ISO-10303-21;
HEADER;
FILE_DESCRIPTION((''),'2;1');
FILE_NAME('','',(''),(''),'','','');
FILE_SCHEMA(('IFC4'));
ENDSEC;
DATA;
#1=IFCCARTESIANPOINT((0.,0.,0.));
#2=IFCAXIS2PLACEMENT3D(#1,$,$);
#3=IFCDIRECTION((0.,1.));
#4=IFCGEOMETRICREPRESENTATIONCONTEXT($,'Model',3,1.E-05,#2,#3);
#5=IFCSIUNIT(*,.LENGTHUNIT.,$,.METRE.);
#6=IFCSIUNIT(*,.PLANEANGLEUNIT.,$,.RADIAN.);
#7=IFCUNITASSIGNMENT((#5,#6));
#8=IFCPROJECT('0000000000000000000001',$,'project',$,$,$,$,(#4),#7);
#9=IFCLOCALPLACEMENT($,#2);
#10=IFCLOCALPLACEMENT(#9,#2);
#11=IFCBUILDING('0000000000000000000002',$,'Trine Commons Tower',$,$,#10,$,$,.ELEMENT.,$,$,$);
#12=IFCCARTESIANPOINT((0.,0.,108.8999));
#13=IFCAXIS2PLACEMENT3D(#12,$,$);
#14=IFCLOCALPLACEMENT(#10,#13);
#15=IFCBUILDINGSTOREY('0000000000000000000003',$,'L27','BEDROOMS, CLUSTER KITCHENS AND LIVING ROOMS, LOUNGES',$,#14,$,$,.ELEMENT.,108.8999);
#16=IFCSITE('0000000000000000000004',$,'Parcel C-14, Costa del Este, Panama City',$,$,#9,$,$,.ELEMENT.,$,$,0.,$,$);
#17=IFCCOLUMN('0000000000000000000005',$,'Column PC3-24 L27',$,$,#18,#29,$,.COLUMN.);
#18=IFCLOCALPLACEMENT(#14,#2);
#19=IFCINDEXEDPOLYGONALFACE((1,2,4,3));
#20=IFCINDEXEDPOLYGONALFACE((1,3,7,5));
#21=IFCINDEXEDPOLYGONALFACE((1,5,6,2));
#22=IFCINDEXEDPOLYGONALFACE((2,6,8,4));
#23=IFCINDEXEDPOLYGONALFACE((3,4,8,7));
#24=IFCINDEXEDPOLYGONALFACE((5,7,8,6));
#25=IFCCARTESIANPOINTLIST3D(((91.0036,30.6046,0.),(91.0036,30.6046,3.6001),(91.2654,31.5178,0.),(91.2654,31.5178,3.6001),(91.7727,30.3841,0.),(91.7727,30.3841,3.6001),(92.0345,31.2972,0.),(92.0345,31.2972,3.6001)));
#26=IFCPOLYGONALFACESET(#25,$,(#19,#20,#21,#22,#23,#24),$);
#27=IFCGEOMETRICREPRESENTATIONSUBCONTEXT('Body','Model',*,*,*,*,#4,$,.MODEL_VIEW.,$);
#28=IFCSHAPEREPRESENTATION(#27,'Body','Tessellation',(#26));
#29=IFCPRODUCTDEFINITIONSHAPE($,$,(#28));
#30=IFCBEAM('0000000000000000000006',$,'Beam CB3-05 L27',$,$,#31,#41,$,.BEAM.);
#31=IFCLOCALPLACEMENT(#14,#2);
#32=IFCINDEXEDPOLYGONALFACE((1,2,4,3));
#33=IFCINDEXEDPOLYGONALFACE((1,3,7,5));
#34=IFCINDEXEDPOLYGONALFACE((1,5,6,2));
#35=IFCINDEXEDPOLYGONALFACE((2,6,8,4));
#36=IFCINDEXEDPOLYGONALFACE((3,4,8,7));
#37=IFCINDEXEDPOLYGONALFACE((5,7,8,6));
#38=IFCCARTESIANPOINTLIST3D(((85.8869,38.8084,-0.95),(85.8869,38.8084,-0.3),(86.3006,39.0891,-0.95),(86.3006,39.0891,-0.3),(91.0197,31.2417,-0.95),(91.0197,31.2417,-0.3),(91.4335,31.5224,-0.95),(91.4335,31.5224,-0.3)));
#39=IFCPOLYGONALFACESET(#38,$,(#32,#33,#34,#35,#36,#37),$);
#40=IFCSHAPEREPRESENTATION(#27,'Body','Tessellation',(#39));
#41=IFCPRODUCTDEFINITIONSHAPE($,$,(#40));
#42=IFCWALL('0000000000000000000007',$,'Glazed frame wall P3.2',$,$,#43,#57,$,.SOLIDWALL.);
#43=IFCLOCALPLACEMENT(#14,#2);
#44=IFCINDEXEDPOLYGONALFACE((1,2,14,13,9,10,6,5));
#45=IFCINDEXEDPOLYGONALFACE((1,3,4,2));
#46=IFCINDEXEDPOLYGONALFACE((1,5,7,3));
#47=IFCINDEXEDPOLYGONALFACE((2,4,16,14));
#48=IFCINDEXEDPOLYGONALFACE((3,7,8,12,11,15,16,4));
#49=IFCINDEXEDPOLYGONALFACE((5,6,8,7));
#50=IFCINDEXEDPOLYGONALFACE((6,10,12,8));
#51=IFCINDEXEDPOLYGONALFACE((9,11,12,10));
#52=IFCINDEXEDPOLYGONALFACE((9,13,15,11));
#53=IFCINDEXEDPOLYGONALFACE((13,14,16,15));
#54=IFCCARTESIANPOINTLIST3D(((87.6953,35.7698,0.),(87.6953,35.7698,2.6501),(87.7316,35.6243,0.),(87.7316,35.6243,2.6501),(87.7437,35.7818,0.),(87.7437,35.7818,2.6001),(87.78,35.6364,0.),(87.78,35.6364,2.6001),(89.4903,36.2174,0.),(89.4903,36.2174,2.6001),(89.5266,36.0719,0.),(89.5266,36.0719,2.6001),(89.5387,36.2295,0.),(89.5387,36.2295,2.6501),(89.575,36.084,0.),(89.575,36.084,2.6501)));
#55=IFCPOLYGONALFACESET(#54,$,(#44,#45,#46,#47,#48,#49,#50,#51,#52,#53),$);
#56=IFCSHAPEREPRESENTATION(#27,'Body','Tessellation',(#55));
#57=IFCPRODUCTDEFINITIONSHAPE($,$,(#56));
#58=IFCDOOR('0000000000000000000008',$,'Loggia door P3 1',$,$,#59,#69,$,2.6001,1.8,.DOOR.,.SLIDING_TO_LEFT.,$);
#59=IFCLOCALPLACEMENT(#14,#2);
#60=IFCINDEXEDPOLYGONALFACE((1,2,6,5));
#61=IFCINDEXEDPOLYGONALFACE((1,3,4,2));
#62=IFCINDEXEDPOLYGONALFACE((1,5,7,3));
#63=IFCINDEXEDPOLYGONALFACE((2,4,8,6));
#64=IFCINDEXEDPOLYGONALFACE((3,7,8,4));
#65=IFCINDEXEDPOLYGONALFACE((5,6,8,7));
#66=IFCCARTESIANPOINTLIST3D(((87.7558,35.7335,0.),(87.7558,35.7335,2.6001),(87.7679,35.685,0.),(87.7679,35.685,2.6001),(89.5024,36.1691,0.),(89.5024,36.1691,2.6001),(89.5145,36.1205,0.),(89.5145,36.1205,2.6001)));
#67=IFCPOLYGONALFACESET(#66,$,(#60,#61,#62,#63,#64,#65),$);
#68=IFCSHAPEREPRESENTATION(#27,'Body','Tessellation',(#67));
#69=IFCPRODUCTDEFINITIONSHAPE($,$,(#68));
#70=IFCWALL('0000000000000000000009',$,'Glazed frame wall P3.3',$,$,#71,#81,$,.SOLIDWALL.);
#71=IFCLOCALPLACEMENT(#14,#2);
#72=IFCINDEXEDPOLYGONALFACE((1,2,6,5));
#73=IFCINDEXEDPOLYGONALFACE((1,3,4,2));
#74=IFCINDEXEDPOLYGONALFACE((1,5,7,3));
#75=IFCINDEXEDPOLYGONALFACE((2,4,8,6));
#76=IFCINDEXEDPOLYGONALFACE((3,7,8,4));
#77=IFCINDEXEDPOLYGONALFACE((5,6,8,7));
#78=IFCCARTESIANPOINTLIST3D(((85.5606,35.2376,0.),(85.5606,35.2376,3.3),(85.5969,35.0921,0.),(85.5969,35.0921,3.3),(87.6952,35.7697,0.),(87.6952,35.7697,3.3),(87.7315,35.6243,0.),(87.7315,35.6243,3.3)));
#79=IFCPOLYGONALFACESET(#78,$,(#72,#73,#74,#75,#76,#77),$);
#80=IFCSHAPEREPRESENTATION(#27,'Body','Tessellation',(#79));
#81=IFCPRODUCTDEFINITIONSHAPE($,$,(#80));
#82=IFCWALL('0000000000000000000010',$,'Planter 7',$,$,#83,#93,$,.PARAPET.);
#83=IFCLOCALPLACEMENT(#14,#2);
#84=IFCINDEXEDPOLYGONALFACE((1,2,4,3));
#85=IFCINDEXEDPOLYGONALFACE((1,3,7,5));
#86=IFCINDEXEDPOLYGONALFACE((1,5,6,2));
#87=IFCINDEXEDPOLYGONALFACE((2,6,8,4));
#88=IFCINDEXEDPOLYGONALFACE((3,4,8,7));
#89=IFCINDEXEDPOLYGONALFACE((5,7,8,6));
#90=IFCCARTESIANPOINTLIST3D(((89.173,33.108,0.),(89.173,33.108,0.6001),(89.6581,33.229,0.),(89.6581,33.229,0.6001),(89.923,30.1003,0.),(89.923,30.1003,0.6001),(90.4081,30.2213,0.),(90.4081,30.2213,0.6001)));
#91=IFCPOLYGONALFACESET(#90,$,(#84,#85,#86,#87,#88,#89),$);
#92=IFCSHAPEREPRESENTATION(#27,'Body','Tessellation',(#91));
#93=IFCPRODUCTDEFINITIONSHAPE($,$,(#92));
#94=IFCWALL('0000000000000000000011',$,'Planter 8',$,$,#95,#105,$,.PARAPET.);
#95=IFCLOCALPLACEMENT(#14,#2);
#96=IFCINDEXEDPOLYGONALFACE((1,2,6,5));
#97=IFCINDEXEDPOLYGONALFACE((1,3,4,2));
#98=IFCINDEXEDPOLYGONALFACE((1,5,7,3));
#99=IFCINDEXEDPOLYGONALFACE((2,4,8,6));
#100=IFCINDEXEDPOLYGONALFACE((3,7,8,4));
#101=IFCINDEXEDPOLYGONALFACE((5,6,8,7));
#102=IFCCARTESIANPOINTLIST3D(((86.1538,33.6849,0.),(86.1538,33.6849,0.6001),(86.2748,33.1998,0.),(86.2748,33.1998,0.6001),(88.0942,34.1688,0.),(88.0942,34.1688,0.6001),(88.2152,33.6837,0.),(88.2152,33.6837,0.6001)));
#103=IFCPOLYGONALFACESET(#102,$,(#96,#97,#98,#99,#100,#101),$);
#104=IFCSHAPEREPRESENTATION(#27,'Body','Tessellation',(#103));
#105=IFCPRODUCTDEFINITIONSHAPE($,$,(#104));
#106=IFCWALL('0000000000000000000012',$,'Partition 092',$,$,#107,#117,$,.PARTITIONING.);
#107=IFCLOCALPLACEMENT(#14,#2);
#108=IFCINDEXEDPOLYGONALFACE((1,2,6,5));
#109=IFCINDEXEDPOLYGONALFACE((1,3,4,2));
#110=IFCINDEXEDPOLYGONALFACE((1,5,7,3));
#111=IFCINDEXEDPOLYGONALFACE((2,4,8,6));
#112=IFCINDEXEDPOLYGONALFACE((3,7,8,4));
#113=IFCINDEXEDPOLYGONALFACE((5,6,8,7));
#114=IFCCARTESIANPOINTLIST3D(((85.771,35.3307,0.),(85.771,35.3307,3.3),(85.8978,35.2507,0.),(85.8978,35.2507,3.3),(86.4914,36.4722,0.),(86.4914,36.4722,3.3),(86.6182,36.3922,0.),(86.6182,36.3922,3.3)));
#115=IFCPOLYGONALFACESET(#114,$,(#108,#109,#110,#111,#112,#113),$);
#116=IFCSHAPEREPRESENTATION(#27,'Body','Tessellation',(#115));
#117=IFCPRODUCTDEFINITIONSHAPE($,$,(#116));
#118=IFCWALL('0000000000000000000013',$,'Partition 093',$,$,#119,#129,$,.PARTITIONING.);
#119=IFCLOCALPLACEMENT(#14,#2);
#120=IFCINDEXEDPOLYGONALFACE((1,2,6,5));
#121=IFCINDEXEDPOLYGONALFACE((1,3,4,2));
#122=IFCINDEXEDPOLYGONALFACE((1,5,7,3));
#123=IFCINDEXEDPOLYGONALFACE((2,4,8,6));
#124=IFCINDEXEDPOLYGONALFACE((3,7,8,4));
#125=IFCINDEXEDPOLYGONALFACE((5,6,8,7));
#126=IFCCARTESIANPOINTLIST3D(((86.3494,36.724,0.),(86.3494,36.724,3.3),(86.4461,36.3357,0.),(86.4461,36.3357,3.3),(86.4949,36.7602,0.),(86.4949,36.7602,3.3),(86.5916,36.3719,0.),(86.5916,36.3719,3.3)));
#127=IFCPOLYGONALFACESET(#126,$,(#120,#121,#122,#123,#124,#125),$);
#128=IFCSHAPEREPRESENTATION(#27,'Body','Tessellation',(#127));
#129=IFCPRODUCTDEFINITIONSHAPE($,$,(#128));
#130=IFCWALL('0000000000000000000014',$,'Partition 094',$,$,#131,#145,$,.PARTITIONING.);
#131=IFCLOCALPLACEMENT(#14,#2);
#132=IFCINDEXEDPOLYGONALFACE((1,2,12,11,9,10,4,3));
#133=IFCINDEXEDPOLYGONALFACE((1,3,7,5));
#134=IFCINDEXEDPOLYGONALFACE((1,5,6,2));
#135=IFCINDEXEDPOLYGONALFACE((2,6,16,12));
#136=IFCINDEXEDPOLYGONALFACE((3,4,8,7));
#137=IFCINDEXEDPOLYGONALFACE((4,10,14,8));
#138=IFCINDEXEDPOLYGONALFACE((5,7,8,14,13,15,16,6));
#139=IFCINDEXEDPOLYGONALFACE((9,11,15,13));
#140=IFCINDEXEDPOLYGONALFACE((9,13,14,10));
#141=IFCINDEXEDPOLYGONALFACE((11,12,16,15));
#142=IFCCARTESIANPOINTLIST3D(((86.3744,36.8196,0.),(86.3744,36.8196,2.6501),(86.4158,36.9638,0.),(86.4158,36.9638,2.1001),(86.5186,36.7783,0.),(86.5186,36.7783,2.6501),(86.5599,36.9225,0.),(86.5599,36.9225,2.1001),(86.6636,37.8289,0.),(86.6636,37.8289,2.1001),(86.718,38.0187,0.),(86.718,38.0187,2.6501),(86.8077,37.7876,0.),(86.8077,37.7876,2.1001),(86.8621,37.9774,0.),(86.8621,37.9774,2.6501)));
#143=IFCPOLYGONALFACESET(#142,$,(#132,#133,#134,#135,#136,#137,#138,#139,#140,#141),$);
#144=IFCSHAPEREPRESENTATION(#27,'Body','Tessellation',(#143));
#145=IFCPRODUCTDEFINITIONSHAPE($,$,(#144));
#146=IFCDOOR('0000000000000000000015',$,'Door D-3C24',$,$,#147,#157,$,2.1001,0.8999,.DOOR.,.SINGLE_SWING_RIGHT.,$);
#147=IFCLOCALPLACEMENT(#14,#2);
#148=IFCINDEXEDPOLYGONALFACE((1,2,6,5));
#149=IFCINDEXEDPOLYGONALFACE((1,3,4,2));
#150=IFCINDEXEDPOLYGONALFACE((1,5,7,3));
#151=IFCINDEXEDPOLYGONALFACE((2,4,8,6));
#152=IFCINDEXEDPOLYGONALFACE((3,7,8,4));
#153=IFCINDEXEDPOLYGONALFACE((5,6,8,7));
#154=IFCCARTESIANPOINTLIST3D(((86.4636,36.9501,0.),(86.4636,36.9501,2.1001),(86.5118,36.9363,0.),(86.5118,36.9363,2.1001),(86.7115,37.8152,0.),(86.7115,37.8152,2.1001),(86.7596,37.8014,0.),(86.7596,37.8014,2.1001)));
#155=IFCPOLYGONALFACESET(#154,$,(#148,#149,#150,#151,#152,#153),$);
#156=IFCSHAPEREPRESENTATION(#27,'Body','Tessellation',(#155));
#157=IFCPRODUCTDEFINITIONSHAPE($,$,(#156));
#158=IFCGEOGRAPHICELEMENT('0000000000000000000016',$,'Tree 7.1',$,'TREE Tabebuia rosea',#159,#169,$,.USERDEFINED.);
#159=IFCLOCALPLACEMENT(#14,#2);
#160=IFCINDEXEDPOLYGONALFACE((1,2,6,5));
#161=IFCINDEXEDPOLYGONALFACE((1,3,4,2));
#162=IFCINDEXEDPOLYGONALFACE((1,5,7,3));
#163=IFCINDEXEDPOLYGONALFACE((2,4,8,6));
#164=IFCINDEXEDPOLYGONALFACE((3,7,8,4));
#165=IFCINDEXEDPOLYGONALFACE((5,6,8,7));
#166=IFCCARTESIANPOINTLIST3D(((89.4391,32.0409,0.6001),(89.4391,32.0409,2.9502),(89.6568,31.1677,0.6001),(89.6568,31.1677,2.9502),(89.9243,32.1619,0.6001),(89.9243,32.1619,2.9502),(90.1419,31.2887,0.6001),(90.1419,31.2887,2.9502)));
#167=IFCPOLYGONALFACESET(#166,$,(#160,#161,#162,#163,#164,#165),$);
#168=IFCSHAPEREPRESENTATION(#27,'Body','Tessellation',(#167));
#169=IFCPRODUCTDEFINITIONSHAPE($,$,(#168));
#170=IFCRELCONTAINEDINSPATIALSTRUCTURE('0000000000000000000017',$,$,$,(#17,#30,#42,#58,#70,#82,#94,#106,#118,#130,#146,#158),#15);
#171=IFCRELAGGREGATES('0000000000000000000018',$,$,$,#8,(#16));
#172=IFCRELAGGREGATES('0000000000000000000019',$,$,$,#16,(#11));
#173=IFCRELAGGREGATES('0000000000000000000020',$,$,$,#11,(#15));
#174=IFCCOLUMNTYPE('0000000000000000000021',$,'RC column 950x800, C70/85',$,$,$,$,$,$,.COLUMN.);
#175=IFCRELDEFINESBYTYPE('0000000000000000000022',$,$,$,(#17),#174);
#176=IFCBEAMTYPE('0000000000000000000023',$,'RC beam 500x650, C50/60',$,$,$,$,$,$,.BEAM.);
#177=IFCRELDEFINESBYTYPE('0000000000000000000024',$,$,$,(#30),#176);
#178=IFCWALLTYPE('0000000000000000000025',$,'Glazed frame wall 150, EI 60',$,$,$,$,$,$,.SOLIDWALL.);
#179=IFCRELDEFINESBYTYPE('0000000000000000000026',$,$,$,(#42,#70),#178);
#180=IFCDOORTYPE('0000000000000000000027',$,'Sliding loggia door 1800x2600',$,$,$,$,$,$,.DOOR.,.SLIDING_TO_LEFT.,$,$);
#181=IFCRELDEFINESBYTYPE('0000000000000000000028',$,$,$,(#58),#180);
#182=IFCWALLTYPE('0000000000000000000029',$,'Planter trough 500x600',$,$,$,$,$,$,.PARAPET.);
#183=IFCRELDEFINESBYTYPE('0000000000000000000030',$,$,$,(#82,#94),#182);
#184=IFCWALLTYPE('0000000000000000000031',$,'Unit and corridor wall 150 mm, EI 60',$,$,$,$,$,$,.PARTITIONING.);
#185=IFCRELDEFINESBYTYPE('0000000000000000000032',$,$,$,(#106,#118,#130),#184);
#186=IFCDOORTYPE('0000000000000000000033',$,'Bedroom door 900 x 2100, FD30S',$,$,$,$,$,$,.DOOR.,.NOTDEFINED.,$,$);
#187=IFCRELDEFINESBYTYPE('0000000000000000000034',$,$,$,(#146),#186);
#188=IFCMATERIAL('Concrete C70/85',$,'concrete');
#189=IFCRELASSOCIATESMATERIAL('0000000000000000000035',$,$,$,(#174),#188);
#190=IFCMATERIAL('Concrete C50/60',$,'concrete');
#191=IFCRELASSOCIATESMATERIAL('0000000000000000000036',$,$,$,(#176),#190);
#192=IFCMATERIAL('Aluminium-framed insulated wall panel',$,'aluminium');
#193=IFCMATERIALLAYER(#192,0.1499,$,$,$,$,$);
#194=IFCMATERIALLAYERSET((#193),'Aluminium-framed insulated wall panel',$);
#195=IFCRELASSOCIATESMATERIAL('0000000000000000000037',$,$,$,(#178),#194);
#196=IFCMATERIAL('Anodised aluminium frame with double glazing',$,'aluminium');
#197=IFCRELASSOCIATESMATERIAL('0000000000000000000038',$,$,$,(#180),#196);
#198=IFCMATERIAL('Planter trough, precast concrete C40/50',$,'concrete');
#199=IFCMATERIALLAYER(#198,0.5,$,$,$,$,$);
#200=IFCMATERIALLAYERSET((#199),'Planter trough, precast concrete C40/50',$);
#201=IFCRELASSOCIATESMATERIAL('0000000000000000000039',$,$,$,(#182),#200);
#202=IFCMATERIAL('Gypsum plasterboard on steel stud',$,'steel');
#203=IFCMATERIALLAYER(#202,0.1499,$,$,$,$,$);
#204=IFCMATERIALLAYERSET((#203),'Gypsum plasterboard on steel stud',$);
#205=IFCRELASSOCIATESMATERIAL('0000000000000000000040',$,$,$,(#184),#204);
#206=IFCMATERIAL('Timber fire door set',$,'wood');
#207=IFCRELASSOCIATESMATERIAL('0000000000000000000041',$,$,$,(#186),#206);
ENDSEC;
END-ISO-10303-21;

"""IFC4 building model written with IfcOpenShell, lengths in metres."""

from ifc_helpers import new_model, si_unit, direction, frame, frame_2d, origin, origin_2d, place, context, subcontext, project, spatial, polyline, rectangle, outline, extrude, material, layer, layer_set, material_profile, profile_set, type_object, element, fill, save


model = new_model("IFC4")

# Units and contexts
model_context = context("Model", 3, precision=1e-05, world=origin(), true_north=direction((0.0, 1.0)))
body_context = subcontext(model_context, "Body", "Model", "MODEL_VIEW")
ifc_project = project(units=[si_unit("LENGTHUNIT", "METRE"), si_unit("PLANEANGLEUNIT", "RADIAN")], contexts=[model_context])

# Site, building, storey
site_placement = place(None, origin())
site = spatial("IfcSite", under=ifc_project, at=site_placement, Name="Parcel C-14, Costa del Este, Panama City", CompositionType="ELEMENT", RefElevation=0.0)
building_placement = place(site_placement, origin())
building = spatial("IfcBuilding", under=site, at=building_placement, Name="Trine Commons Tower", CompositionType="ELEMENT")
storey_placement = place(building_placement, frame((0.0, 0.0, 108.8999)))
storey = spatial("IfcBuildingStorey", under=building, at=storey_placement, Name="L27", Description="BEDROOMS, CLUSTER KITCHENS AND LIVING ROOMS, LOUNGES", CompositionType="ELEMENT", Elevation=108.8999)

# Column
ifc_material_1 = material(Name="Concrete C70/85", Category="concrete")
ifc_material_profile_1 = material_profile(ifc_material_1, rectangle(XDim=0.95, YDim=0.8, at=origin_2d()), Name="RC 950x800")
ifc_profile_set_1 = profile_set([ifc_material_profile_1], Name="Concrete C70/85")
column_type = type_object("IfcColumnType", Name="RC column 950x800, C70/85", PredefinedType="COLUMN", material=ifc_profile_set_1)
column_placement = place(storey_placement, frame((91.519, 30.9509, 0.0), z_axis=(0.0, 0.0, 1.0), x_axis=(0.275637, 0.961262, 0.0)))
element("IfcColumn", 1, at=column_placement, inside=storey, type_object=column_type, Name="Column PC3-24 L27", PredefinedType="COLUMN", context=body_context, shape_type="SweptSolid", body=[
    extrude(rectangle(XDim=0.95, YDim=0.8, at=origin_2d()), origin(), (0.0, 0.0, 1.0), 3.6001),
])

# Beam
ifc_material_2 = material(Name="Concrete C50/60", Category="concrete")
ifc_material_profile_2 = material_profile(ifc_material_2, rectangle(XDim=0.5, YDim=0.6499, at=origin_2d()), Name="RC 500x650")
ifc_profile_set_2 = profile_set([ifc_material_profile_2], Name="Concrete C50/60")
beam_type = type_object("IfcBeamType", Name="RC beam 500x650, C50/60", PredefinedType="BEAM", material=ifc_profile_set_2)
beam_placement = place(storey_placement, frame((91.2266, 31.3821, -0.625), z_axis=(-0.561374, 0.827562, 0.0), x_axis=(-0.827562, -0.561374, 0.0)))
element("IfcBeam", 2, at=beam_placement, inside=storey, type_object=beam_type, Name="Beam CB3-05 L27", PredefinedType="BEAM", context=body_context, shape_type="SweptSolid", body=[
    extrude(rectangle(XDim=0.5, YDim=0.6499, at=origin_2d()), origin(), (0.0, 0.0, 1.0), 9.1433),
])

# Shared definitions
ifc_material_3 = material(Name="Aluminium-framed insulated wall panel", Category="aluminium")
ifc_layer_1 = layer(ifc_material_3, 0.1499)
ifc_layer_set_1 = layer_set([ifc_layer_1], Name="Aluminium-framed insulated wall panel")
wall_type_1 = type_object("IfcWallType", Name="Glazed frame wall 150, EI 60", PredefinedType="SOLIDWALL", material=ifc_layer_set_1)

# Wall, opening, door
wall_1_placement = place(storey_placement, frame((89.5569, 36.1567, 0.0), z_axis=(0.0, 0.0, 1.0), x_axis=(-0.970286, -0.241961, 0.0)))
wall_1 = element("IfcWall", 3, at=wall_1_placement, inside=storey, type_object=wall_type_1, Name="Glazed frame wall P3.2", PredefinedType="SOLIDWALL", context=body_context, shape_type="SweptSolid", body=[
    extrude(outline(polyline([(0.0, -0.075), (1.8999, -0.075), (1.8999, 0.075), (0.0, 0.075), (0.0, -0.075)])), origin(), (0.0, 0.0, 1.0), 2.6501),
])
opening_1_placement = place(wall_1_placement, frame((0.05, 0.0, 0.0)))
opening_1 = element("IfcOpeningElement", 4, at=opening_1_placement, cuts=wall_1, PredefinedType="OPENING", context=body_context, shape_type="SweptSolid", body=[
    extrude(rectangle(XDim=1.8, YDim=2.6001, at=frame_2d((0.8999, 1.3))), frame((0.0, 0.085, 0.0), z_axis=(0.0, -1.0, 0.0), x_axis=(1.0, 0.0, 0.0)), (0.0, 0.0, 1.0), 0.1699),
])
ifc_material_4 = material(Name="Anodised aluminium frame with double glazing", Category="aluminium")
door_type_1 = type_object("IfcDoorType", Name="Sliding loggia door 1800x2600", OperationType="SLIDING_TO_LEFT", PredefinedType="DOOR", material=ifc_material_4)
door_1_placement = place(opening_1_placement, origin())
door_1 = element("IfcDoor", 5, at=door_1_placement, inside=storey, type_object=door_type_1, Name="Loggia door P3 1", OperationType="SLIDING_TO_LEFT", OverallHeight=2.6001, OverallWidth=1.8, PredefinedType="DOOR", context=body_context, shape_type="SweptSolid", body=[
    extrude(rectangle(XDim=1.8, YDim=2.6001, at=frame_2d((0.8999, 1.3))), frame((0.0, 0.0249, 0.0), z_axis=(0.0, -1.0, 0.0), x_axis=(1.0, 0.0, 0.0)), (0.0, 0.0, 1.0), 0.05),
])
fill(opening_1, door_1)

# Walls
wall_2_placement = place(storey_placement, frame((87.7134, 35.697, 0.0), z_axis=(0.0, 0.0, 1.0), x_axis=(-0.970299, -0.241909, 0.0)))
element("IfcWall", 6, at=wall_2_placement, inside=storey, type_object=wall_type_1, Name="Glazed frame wall P3.3", PredefinedType="SOLIDWALL", context=body_context, shape_type="SweptSolid", body=[
    extrude(outline(polyline([(0.0, -0.075), (2.2, -0.075), (2.2, 0.075), (0.0, 0.075), (0.0, -0.075)])), origin(), (0.0, 0.0, 1.0), 3.3),
])
ifc_material_5 = material(Name="Planter trough, precast concrete C40/50", Category="concrete")
ifc_layer_2 = layer(ifc_material_5, 0.5)
ifc_layer_set_2 = layer_set([ifc_layer_2], Name="Planter trough, precast concrete C40/50")
wall_type_2 = type_object("IfcWallType", Name="Planter trough 500x600", PredefinedType="PARAPET", material=ifc_layer_set_2)
wall_3_placement = place(storey_placement, frame((90.1655, 30.1609, 0.0), z_axis=(0.0, 0.0, 1.0), x_axis=(-0.241943, 0.970291, 0.0)))
element("IfcWall", 7, at=wall_3_placement, inside=storey, type_object=wall_type_2, Name="Planter 7", PredefinedType="PARAPET", context=body_context, shape_type="SweptSolid", body=[
    extrude(rectangle(XDim=3.0999, YDim=0.5, at=frame_2d((1.5498, 0.0))), origin(), (0.0, 0.0, 1.0), 0.6001),
])
wall_4_placement = place(storey_placement, frame((88.1548, 33.9263, 0.0), z_axis=(0.0, 0.0, 1.0), x_axis=(-0.970286, -0.241961, 0.0)))
element("IfcWall", 8, at=wall_4_placement, inside=storey, type_object=wall_type_2, Name="Planter 8", PredefinedType="PARAPET", context=body_context, shape_type="SweptSolid", body=[
    extrude(rectangle(XDim=1.9998, YDim=0.5, at=frame_2d((1.0, 0.0))), origin(), (0.0, 0.0, 1.0), 0.6001),
])
ifc_material_6 = material(Name="Gypsum plasterboard on steel stud", Category="steel")
ifc_layer_3 = layer(ifc_material_6, 0.1499)
ifc_layer_set_3 = layer_set([ifc_layer_3], Name="Gypsum plasterboard on steel stud")
wall_type_3 = type_object("IfcWallType", Name="Unit and corridor wall 150 mm, EI 60", PredefinedType="PARTITIONING", material=ifc_layer_set_3)
wall_5_placement = place(storey_placement, frame((85.8345, 35.2908, 0.0), z_axis=(0.0, 0.0, 1.0), x_axis=(0.5337, 0.845674, 0.0)))
element("IfcWall", 9, at=wall_5_placement, inside=storey, type_object=wall_type_3, Name="Partition 092", PredefinedType="PARTITIONING", context=body_context, shape_type="SweptSolid", body=[
    extrude(rectangle(XDim=1.3499, YDim=0.1499, at=frame_2d((0.6748, 0.0))), origin(), (0.0, 0.0, 1.0), 3.3),
])
wall_6_placement = place(storey_placement, frame((86.4221, 36.7422, 0.0), z_axis=(0.0, 0.0, 1.0), x_axis=(0.241674, -0.970358, 0.0)))
element("IfcWall", 10, at=wall_6_placement, inside=storey, type_object=wall_type_3, Name="Partition 093", PredefinedType="PARTITIONING", context=body_context, shape_type="SweptSolid", body=[
    extrude(rectangle(XDim=0.4001, YDim=0.1499, at=frame_2d((0.2002, 0.0))), origin(), (0.0, 0.0, 1.0), 3.3),
])

# Wall, opening, door
wall_7_placement = place(storey_placement, frame((86.4465, 36.7991, 0.0), z_axis=(0.0, 0.0, 1.0), x_axis=(0.275419, 0.961324, 0.0)))
wall_7 = element("IfcWall", 11, at=wall_7_placement, inside=storey, type_object=wall_type_3, Name="Partition 094", PredefinedType="PARTITIONING", context=body_context, shape_type="SweptSolid", body=[
    extrude(rectangle(XDim=1.2473, YDim=0.1499, at=frame_2d((0.6235, 0.0))), origin(), (0.0, 0.0, 1.0), 2.6501),
])
opening_2_placement = place(wall_7_placement, frame((0.1499, 0.0, 0.0)))
opening_2 = element("IfcOpeningElement", 12, at=opening_2_placement, cuts=wall_7, PredefinedType="OPENING", context=body_context, shape_type="SweptSolid", body=[
    extrude(rectangle(XDim=0.8999, YDim=2.1001, at=frame_2d((0.45, 1.05))), frame((0.0, 0.085, 0.0), z_axis=(0.0, -1.0, 0.0), x_axis=(1.0, 0.0, 0.0)), (0.0, 0.0, 1.0), 0.1699),
])
ifc_material_7 = material(Name="Timber fire door set", Category="wood")
door_type_2 = type_object("IfcDoorType", Name="Bedroom door 900 x 2100, FD30S", OperationType="NOTDEFINED", PredefinedType="DOOR", material=ifc_material_7)
door_2_placement = place(opening_2_placement, frame((0.8999, 0.0, 0.0), z_axis=(0.0, 0.0, 1.0), x_axis=(-1.0, 0.0, 0.0)))
door_2 = element("IfcDoor", 13, at=door_2_placement, inside=storey, type_object=door_type_2, Name="Door D-3C24", OperationType="SINGLE_SWING_RIGHT", OverallHeight=2.1001, OverallWidth=0.8999, PredefinedType="DOOR", context=body_context, shape_type="SweptSolid", body=[
    extrude(rectangle(XDim=0.8999, YDim=2.1001, at=frame_2d((0.45, 1.05))), frame((0.0, 0.0249, 0.0), z_axis=(0.0, -1.0, 0.0), x_axis=(1.0, 0.0, 0.0)), (0.0, 0.0, 1.0), 0.05),
])
fill(opening_2, door_2)

# Geographic element
for number, where, z_axis, x_axis, name in (
    (14, (89.7905, 31.6648, 0.6001), (0.0, 0.0, 1.0), (-0.241908, 0.970299, 0.0), "Tree 7.1"),
):
    element("IfcGeographicElement", number, at=place(storey_placement, frame(where, z_axis=z_axis, x_axis=x_axis)), inside=storey, Name=name, ObjectType="TREE Tabebuia rosea", PredefinedType="USERDEFINED", context=body_context, shape_type="SweptSolid", body=[
        extrude(rectangle(XDim=0.8999, YDim=0.5, at=origin_2d()), origin(), (0.0, 0.0, 1.0), 2.3501),
    ])

save(model, "model.ifc")
